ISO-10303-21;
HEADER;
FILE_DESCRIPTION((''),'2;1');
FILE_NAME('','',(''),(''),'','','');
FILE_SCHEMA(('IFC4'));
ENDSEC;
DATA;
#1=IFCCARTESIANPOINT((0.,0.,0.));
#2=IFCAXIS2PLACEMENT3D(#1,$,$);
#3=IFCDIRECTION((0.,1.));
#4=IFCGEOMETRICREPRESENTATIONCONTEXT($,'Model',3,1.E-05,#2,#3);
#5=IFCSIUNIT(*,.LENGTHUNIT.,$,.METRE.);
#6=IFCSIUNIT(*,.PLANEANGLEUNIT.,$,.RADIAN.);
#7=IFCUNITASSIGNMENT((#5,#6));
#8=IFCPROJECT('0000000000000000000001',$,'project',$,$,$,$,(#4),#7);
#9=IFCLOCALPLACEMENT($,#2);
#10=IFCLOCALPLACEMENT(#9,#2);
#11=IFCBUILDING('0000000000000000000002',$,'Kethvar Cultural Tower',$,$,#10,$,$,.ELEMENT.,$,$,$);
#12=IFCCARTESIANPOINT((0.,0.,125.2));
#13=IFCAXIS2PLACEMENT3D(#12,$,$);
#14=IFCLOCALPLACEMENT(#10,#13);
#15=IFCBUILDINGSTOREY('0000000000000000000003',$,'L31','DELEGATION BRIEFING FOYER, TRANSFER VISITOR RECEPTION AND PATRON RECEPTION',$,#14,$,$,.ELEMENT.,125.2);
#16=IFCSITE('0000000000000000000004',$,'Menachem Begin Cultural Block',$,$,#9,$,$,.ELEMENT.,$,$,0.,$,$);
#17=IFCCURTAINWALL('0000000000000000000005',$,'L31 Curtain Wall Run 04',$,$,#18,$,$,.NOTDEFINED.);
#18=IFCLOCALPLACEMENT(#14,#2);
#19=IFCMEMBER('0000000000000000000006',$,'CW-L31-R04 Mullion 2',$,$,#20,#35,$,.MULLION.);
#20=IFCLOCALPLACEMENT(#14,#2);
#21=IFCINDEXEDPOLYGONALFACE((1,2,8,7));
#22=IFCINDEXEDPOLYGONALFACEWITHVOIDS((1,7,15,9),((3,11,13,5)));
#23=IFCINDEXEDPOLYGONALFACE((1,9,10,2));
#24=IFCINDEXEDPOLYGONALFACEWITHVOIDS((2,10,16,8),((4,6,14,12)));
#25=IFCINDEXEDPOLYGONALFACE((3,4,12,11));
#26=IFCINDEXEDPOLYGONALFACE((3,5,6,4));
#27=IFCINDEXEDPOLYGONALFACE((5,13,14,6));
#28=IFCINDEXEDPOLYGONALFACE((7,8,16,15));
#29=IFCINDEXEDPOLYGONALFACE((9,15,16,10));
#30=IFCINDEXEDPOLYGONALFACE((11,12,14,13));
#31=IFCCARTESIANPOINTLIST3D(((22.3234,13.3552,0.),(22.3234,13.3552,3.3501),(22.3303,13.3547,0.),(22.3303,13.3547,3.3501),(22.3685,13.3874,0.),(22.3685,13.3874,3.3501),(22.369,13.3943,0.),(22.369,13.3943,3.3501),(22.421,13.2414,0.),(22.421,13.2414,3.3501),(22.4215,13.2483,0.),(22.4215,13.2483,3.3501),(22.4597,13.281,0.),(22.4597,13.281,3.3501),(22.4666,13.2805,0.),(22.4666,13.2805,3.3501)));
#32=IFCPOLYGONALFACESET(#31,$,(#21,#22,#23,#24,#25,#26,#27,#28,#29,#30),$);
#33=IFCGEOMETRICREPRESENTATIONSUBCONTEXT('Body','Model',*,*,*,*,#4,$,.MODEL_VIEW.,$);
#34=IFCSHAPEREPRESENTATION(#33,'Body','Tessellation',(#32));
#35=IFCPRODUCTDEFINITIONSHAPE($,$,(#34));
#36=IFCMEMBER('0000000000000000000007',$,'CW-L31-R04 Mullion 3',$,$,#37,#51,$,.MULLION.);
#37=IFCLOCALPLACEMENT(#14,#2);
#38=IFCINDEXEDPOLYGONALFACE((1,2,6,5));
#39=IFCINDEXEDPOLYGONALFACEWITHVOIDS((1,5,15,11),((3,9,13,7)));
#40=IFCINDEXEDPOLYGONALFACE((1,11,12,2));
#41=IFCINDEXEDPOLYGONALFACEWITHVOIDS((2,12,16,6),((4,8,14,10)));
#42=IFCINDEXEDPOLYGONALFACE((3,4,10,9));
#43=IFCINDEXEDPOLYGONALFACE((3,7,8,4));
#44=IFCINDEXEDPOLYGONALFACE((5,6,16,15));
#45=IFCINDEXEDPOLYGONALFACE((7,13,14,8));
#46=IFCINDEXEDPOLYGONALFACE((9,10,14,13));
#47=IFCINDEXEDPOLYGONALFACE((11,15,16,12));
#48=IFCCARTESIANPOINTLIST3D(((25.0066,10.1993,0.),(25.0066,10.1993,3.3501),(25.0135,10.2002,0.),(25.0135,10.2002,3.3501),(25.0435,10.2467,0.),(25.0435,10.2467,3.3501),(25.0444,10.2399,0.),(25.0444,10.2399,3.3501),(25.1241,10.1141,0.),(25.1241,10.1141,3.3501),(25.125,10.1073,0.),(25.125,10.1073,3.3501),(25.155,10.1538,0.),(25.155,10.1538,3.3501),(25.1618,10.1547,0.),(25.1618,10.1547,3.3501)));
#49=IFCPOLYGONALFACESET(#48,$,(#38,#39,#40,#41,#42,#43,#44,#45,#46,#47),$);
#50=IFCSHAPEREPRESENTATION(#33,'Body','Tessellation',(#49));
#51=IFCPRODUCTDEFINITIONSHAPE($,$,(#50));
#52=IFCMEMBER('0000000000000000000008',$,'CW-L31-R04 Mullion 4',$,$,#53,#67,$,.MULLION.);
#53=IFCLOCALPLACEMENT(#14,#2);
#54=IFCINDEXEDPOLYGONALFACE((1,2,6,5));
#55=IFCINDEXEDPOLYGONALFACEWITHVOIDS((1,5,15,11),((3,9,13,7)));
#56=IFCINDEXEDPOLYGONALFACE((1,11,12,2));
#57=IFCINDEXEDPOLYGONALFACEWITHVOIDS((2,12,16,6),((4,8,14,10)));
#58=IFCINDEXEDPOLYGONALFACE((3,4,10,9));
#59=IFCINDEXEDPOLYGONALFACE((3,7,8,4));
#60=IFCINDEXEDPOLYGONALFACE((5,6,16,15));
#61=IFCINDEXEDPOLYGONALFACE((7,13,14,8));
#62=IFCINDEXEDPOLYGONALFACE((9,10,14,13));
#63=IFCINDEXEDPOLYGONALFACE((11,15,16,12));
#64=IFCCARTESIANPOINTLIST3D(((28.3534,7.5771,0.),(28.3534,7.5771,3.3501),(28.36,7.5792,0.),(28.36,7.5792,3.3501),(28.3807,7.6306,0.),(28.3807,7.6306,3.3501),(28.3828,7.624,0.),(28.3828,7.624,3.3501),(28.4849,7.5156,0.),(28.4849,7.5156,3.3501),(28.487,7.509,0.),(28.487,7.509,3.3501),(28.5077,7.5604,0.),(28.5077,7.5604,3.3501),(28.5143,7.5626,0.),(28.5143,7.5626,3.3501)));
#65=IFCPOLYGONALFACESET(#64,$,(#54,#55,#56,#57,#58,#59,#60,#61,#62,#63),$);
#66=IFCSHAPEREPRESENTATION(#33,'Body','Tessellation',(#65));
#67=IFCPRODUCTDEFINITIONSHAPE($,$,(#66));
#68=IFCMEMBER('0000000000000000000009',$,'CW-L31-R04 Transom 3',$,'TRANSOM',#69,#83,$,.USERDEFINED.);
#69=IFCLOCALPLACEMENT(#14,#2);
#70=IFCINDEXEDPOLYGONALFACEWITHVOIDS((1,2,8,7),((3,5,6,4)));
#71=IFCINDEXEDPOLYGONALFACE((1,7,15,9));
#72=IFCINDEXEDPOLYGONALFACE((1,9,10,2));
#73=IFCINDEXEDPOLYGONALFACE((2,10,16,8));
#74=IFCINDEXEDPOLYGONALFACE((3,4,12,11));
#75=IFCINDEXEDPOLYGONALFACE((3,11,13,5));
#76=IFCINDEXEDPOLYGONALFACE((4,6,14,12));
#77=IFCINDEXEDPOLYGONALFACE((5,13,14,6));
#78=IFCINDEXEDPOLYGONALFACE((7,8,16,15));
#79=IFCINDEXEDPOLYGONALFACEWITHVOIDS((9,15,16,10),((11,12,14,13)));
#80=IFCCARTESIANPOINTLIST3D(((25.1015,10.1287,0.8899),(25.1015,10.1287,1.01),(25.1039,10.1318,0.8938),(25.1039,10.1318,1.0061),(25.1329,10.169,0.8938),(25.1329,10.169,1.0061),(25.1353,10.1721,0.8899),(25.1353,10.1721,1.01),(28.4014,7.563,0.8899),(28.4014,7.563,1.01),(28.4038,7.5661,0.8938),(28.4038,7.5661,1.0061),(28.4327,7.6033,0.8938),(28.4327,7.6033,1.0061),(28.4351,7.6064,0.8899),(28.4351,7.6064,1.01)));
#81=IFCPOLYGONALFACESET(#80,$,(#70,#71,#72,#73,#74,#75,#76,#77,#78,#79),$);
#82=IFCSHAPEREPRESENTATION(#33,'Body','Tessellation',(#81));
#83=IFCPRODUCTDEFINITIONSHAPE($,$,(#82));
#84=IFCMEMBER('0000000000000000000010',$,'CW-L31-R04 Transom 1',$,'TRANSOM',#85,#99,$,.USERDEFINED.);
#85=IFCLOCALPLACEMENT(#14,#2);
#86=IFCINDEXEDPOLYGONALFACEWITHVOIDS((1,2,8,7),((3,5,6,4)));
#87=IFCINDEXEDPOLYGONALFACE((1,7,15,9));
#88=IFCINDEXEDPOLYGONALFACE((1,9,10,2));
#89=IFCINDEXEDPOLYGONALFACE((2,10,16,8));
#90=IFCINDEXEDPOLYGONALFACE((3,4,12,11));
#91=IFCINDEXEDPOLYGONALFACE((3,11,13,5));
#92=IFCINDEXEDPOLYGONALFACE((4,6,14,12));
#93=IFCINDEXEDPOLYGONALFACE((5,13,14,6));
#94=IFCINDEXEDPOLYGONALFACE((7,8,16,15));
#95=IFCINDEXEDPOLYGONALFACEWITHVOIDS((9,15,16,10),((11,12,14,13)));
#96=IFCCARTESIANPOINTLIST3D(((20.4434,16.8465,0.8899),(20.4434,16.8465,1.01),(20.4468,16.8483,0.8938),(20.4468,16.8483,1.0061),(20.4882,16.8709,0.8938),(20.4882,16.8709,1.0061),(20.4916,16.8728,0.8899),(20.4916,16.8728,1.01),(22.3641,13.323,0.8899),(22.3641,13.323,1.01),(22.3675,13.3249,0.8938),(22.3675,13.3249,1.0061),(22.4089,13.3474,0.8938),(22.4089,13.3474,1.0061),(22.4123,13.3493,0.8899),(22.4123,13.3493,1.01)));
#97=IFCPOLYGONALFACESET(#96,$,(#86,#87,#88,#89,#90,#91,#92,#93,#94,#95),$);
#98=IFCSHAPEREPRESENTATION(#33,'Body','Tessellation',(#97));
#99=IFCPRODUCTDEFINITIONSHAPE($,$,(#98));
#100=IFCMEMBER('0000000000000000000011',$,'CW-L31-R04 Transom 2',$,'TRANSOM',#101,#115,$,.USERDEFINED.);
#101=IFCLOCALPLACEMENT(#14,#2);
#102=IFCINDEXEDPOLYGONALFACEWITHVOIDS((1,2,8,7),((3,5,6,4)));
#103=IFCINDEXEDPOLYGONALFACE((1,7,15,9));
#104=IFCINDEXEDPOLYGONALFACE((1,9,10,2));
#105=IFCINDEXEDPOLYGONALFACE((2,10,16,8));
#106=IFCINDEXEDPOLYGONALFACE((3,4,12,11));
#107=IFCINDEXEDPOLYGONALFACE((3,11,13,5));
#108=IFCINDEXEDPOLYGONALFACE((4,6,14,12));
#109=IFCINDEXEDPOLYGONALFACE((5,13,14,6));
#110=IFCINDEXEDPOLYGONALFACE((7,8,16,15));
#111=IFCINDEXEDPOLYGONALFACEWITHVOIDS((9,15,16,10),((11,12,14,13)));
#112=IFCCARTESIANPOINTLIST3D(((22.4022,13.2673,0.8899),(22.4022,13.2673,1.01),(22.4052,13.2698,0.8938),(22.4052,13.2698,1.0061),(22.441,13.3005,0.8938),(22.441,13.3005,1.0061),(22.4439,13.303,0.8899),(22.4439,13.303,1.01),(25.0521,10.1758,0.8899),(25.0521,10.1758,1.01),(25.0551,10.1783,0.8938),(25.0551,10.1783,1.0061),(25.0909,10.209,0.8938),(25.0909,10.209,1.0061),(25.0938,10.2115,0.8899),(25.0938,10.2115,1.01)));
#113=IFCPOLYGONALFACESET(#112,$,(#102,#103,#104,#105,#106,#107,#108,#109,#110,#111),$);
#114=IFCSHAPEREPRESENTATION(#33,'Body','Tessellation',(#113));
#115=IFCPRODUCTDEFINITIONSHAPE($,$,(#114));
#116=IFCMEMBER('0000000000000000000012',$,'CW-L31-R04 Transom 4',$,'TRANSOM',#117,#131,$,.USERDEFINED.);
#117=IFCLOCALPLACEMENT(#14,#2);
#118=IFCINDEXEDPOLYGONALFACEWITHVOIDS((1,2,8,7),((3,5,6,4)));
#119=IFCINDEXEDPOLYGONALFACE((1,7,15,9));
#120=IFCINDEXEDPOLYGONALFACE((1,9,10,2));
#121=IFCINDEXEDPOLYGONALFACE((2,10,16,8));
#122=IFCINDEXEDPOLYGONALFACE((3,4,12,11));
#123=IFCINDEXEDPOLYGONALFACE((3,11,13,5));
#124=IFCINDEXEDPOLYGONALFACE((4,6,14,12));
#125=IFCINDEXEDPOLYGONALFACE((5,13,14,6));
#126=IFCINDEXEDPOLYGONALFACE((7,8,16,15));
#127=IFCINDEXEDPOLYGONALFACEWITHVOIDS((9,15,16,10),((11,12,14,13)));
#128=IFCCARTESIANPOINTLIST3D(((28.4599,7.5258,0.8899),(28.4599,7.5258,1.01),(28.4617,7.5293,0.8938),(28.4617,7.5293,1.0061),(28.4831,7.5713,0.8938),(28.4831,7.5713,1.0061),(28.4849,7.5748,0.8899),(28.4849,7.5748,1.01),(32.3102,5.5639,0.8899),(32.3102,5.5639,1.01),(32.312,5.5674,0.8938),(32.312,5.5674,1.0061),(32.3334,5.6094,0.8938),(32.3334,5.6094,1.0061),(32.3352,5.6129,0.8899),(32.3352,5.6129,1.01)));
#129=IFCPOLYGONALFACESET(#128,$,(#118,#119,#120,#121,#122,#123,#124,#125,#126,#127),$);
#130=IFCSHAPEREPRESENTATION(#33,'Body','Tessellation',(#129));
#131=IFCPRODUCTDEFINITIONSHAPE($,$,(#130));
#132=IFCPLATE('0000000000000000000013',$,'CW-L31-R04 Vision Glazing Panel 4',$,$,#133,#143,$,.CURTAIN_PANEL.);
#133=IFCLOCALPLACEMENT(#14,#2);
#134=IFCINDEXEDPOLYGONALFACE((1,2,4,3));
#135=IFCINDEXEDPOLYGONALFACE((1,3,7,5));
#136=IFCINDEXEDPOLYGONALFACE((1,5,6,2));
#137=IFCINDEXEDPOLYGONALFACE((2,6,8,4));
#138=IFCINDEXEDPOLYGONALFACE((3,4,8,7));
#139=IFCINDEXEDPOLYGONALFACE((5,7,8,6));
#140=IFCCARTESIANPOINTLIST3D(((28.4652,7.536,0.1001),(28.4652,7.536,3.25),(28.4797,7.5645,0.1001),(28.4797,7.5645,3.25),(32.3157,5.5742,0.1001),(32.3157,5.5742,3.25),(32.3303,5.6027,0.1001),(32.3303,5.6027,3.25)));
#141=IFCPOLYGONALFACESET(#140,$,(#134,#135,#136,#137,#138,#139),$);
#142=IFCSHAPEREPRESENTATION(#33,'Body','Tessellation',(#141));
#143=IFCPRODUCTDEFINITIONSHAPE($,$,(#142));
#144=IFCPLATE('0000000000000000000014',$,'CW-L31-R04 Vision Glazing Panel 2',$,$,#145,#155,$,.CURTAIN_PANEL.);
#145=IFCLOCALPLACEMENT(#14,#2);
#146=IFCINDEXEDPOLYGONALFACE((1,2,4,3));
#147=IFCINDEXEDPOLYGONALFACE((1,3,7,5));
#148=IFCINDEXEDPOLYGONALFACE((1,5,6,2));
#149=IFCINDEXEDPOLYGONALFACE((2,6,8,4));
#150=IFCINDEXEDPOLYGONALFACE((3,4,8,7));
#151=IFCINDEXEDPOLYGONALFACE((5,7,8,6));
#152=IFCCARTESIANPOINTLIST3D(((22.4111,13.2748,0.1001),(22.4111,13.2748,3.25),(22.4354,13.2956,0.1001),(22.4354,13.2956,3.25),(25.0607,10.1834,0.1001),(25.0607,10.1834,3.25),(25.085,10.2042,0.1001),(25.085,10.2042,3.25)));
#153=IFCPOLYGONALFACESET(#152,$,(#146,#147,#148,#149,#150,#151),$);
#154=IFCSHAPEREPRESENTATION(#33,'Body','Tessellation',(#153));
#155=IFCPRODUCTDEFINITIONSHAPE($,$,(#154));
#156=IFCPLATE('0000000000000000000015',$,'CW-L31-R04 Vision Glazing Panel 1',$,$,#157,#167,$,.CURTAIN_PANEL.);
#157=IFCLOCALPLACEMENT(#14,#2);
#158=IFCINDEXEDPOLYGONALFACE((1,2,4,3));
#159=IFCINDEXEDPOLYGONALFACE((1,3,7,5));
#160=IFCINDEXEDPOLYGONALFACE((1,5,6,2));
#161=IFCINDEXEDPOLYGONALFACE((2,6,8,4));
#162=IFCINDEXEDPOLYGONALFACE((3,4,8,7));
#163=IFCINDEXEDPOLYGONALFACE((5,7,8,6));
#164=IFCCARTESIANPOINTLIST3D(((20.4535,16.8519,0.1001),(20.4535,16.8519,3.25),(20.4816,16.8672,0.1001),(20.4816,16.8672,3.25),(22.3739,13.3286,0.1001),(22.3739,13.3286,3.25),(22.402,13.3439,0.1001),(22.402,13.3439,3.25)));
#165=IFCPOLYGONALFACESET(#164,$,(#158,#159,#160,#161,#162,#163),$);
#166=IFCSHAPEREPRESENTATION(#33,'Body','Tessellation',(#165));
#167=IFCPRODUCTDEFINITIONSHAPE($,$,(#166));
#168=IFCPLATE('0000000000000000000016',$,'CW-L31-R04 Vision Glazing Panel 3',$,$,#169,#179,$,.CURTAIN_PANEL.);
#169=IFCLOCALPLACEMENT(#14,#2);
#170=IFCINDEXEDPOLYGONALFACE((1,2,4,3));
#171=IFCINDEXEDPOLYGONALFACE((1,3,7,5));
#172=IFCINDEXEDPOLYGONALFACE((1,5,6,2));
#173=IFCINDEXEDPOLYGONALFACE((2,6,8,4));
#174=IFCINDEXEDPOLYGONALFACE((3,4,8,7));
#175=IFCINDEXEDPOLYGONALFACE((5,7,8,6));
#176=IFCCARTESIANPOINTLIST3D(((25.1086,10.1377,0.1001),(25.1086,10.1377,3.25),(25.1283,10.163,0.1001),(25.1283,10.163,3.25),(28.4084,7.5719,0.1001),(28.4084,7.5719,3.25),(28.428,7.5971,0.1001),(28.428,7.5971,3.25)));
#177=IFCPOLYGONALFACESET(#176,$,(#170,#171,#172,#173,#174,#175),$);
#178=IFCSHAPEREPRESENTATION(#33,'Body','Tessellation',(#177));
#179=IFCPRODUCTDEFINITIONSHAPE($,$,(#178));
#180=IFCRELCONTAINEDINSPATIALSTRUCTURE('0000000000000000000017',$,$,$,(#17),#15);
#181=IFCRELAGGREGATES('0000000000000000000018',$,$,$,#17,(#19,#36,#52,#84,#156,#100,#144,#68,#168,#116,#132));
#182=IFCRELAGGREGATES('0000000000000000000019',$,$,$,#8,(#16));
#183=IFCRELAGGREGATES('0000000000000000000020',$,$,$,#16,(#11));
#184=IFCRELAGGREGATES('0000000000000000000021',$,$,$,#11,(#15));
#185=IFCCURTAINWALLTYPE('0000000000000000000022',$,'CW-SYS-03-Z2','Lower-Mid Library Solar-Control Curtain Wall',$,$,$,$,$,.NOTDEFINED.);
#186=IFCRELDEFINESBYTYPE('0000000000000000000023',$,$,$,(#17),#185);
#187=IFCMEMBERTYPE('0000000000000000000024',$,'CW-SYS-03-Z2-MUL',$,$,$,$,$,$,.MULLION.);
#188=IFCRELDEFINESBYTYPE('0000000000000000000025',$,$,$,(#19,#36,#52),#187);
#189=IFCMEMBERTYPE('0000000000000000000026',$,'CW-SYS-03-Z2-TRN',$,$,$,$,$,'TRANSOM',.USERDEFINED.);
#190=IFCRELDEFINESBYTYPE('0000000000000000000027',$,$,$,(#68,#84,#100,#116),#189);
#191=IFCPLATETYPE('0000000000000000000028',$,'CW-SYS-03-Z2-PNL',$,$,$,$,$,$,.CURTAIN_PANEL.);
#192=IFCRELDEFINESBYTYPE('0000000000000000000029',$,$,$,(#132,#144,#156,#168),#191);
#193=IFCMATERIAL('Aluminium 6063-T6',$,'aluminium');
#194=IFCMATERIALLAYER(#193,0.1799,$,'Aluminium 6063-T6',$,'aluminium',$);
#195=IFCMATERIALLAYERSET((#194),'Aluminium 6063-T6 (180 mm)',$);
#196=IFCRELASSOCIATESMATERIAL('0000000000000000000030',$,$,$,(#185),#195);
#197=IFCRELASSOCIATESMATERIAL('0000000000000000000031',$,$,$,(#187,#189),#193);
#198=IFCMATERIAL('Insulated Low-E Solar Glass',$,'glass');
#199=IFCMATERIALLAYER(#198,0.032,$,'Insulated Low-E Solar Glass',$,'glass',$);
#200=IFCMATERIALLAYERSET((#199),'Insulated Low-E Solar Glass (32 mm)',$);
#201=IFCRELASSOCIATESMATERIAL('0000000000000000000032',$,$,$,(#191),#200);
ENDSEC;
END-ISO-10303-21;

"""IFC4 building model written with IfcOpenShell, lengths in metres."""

from ifc_helpers import new_model, si_unit, direction, frame, origin, origin_2d, place, context, subcontext, project, spatial, rectangle, hollow_rectangle, extrude, source, transform, mapped, material, layer, layer_set, material_profile, profile_set, type_object, element, aggregate, save


model = new_model("IFC4")

# Units and contexts
model_context = context("Model", 3, precision=1e-05, world=origin(), true_north=direction((0.0, 1.0)))
body_context = subcontext(model_context, "Body", "Model", "MODEL_VIEW")
ifc_project = project(units=[si_unit("LENGTHUNIT", "METRE"), si_unit("PLANEANGLEUNIT", "RADIAN")], contexts=[model_context])

# Site, building, storey
site_placement = place(None, origin())
site = spatial("IfcSite", under=ifc_project, at=site_placement, Name="Menachem Begin Cultural Block", CompositionType="ELEMENT", RefElevation=0.0)
building_placement = place(site_placement, origin())
building = spatial("IfcBuilding", under=site, at=building_placement, Name="Kethvar Cultural Tower", CompositionType="ELEMENT")
storey_placement = place(building_placement, frame((0.0, 0.0, 125.2)))
storey = spatial("IfcBuildingStorey", under=building, at=storey_placement, Name="L31", Description="DELEGATION BRIEFING FOYER, TRANSFER VISITOR RECEPTION AND PATRON RECEPTION", CompositionType="ELEMENT", Elevation=125.2)

# Curtain wall, members, plates
ifc_material_1 = material(Name="Aluminium 6063-T6", Category="aluminium")
ifc_layer_1 = layer(ifc_material_1, 0.1799, Name="Aluminium 6063-T6", Category="aluminium")
ifc_layer_set_1 = layer_set([ifc_layer_1], Name="Aluminium 6063-T6 (180 mm)")
curtain_wall_type = type_object("IfcCurtainWallType", Name="CW-SYS-03-Z2", Description="Lower-Mid Library Solar-Control Curtain Wall", PredefinedType="NOTDEFINED", material=ifc_layer_set_1)
curtain_wall_placement = place(storey_placement, origin())
curtain_wall = element("IfcCurtainWall", 1, at=curtain_wall_placement, inside=storey, type_object=curtain_wall_type, Name="L31 Curtain Wall Run 04", PredefinedType="NOTDEFINED")
ifc_material_profile_1 = material_profile(ifc_material_1, hollow_rectangle(XDim=0.0601, YDim=0.1499, WallThickness=0.0049, at=origin_2d()), Name="Aluminium 6063-T6 — RHS150x60x5")
ifc_profile_set_1 = profile_set([ifc_material_profile_1], Name="Aluminium 6063-T6 — RHS150x60x5")
member_type_1 = type_object("IfcMemberType", Name="CW-SYS-03-Z2-MUL", PredefinedType="MULLION", material=ifc_profile_set_1)
shared_shape_1 = source(origin(), body_context, "Body", "SweptSolid", [
    extrude(hollow_rectangle(XDim=0.0601, YDim=0.1499, WallThickness=0.0049, at=origin_2d()), origin(), (0.0, 0.0, 1.0), 3.3501),
])
member_1_placement = place(storey_placement, frame((22.395, 13.3179, 0.0), z_axis=(0.0, 0.0, 1.0), x_axis=(0.759271, 0.650774, 0.0)))
member_1 = element("IfcMember", 2, at=member_1_placement, type_object=member_type_1, Name="CW-L31-R04 Mullion 2", PredefinedType="MULLION", context=body_context, shape_type="MappedRepresentation", body=[
    mapped(shared_shape_1, transform((0.0, 0.0, 0.0), scale=1.0)),
])
member_2_placement = place(storey_placement, frame((25.0842, 10.177, 0.0), z_axis=(0.0, 0.0, 1.0), x_axis=(0.613844, 0.789427, 0.0)))
member_2 = element("IfcMember", 3, at=member_2_placement, type_object=member_type_1, Name="CW-L31-R04 Mullion 3", PredefinedType="MULLION", context=body_context, shape_type="MappedRepresentation", body=[
    mapped(shared_shape_1, transform((0.0, 0.0, 0.0), scale=1.0)),
])
member_3_placement = place(storey_placement, frame((28.4338, 7.5698, 0.0), z_axis=(0.0, 0.0, 1.0), x_axis=(0.453959, 0.891022, 0.0)))
member_3 = element("IfcMember", 4, at=member_3_placement, type_object=member_type_1, Name="CW-L31-R04 Mullion 4", PredefinedType="MULLION", context=body_context, shape_type="MappedRepresentation", body=[
    mapped(shared_shape_1, transform((0.0, 0.0, 0.0), scale=1.0)),
])
ifc_material_profile_2 = material_profile(ifc_material_1, hollow_rectangle(XDim=0.0549, YDim=0.1201, WallThickness=0.0039, at=origin_2d()), Name="Aluminium 6063-T6 — RHS120x55x4")
ifc_profile_set_2 = profile_set([ifc_material_profile_2], Name="Aluminium 6063-T6 — RHS120x55x4")
member_type_2 = type_object("IfcMemberType", Name="CW-SYS-03-Z2-TRN", ElementType="TRANSOM", PredefinedType="USERDEFINED", material=ifc_profile_set_2)
shared_shape_2 = source(origin(), body_context, "Body", "SweptSolid", [
    extrude(hollow_rectangle(XDim=0.0549, YDim=0.1201, WallThickness=0.0039, at=origin_2d()), origin(), (0.0, 0.0, 1.0), 4.1799),
])
member_4_placement = place(storey_placement, frame((25.1184, 10.1504, 0.95), z_axis=(0.78945, -0.613815, 0.0), x_axis=(0.613815, 0.78945, 0.0)))
member_4 = element("IfcMember", 5, at=member_4_placement, type_object=member_type_2, Name="CW-L31-R04 Transom 3", ObjectType="TRANSOM", PredefinedType="USERDEFINED", context=body_context, shape_type="MappedRepresentation", body=[
    mapped(shared_shape_2, transform((0.0, 0.0, 0.0), scale=1.0)),
])
shared_shape_3 = source(origin(), body_context, "Body", "SweptSolid", [
    extrude(hollow_rectangle(XDim=0.0549, YDim=0.1201, WallThickness=0.0039, at=origin_2d()), origin(), (0.0, 0.0, 1.0), 4.0129),
])
member_5_placement = place(storey_placement, frame((20.4675, 16.8596, 0.95), z_axis=(0.478618, -0.878023, 0.0), x_axis=(0.878023, 0.478618, 0.0)))
member_5 = element("IfcMember", 6, at=member_5_placement, type_object=member_type_2, Name="CW-L31-R04 Transom 1", ObjectType="TRANSOM", PredefinedType="USERDEFINED", context=body_context, shape_type="MappedRepresentation", body=[
    mapped(shared_shape_3, transform((0.0, 0.0, 0.0), scale=1.0)),
])
shared_shape_4 = source(origin(), body_context, "Body", "SweptSolid", [
    extrude(hollow_rectangle(XDim=0.0549, YDim=0.1201, WallThickness=0.0039, at=origin_2d()), origin(), (0.0, 0.0, 1.0), 4.0718),
])
member_6_placement = place(storey_placement, frame((22.4231, 13.2852, 0.95), z_axis=(0.650791, -0.759257, 0.0), x_axis=(0.759257, 0.650791, 0.0)))
member_6 = element("IfcMember", 7, at=member_6_placement, type_object=member_type_2, Name="CW-L31-R04 Transom 2", ObjectType="TRANSOM", PredefinedType="USERDEFINED", context=body_context, shape_type="MappedRepresentation", body=[
    mapped(shared_shape_4, transform((0.0, 0.0, 0.0), scale=1.0)),
])
shared_shape_5 = source(origin(), body_context, "Body", "SweptSolid", [
    extrude(hollow_rectangle(XDim=0.0549, YDim=0.1201, WallThickness=0.0039, at=origin_2d()), origin(), (0.0, 0.0, 1.0), 4.3213),
])
member_7_placement = place(storey_placement, frame((28.4724, 7.5503, 0.95), z_axis=(0.891, -0.454003, 0.0), x_axis=(0.454003, 0.891, 0.0)))
member_7 = element("IfcMember", 8, at=member_7_placement, type_object=member_type_2, Name="CW-L31-R04 Transom 4", ObjectType="TRANSOM", PredefinedType="USERDEFINED", context=body_context, shape_type="MappedRepresentation", body=[
    mapped(shared_shape_5, transform((0.0, 0.0, 0.0), scale=1.0)),
])
ifc_material_2 = material(Name="Insulated Low-E Solar Glass", Category="glass")
ifc_layer_2 = layer(ifc_material_2, 0.032, Name="Insulated Low-E Solar Glass", Category="glass")
ifc_layer_set_2 = layer_set([ifc_layer_2], Name="Insulated Low-E Solar Glass (32 mm)")
plate_type = type_object("IfcPlateType", Name="CW-SYS-03-Z2-PNL", PredefinedType="CURTAIN_PANEL", material=ifc_layer_set_2)
shared_shape_6 = source(origin(), body_context, "Body", "SweptSolid", [
    extrude(rectangle(XDim=4.3215, YDim=0.032, at=origin_2d()), origin(), (0.0, 0.0, 1.0), 3.1499),
])
plate_1_placement = place(storey_placement, frame((30.3977, 6.5693, 0.1001), z_axis=(0.0, 0.0, 1.0), x_axis=(0.891022, -0.453959, 0.0)))
plate_1 = element("IfcPlate", 9, at=plate_1_placement, type_object=plate_type, Name="CW-L31-R04 Vision Glazing Panel 4", PredefinedType="CURTAIN_PANEL", context=body_context, shape_type="MappedRepresentation", body=[
    mapped(shared_shape_6, transform((0.0, 0.0, 0.0), scale=1.0)),
])
shared_shape_7 = source(origin(), body_context, "Body", "SweptSolid", [
    extrude(rectangle(XDim=4.0715, YDim=0.032, at=origin_2d()), origin(), (0.0, 0.0, 1.0), 3.1499),
])
plate_2_placement = place(storey_placement, frame((23.748, 11.7395, 0.1001), z_axis=(0.0, 0.0, 1.0), x_axis=(0.650774, -0.759271, 0.0)))
plate_2 = element("IfcPlate", 10, at=plate_2_placement, type_object=plate_type, Name="CW-L31-R04 Vision Glazing Panel 2", PredefinedType="CURTAIN_PANEL", context=body_context, shape_type="MappedRepresentation", body=[
    mapped(shared_shape_7, transform((0.0, 0.0, 0.0), scale=1.0)),
])
shared_shape_8 = source(origin(), body_context, "Body", "SweptSolid", [
    extrude(rectangle(XDim=4.0127, YDim=0.032, at=origin_2d()), origin(), (0.0, 0.0, 1.0), 3.1499),
])
plate_3_placement = place(storey_placement, frame((21.4277, 15.0979, 0.1001), z_axis=(0.0, 0.0, 1.0), x_axis=(0.478585, -0.878041, 0.0)))
plate_3 = element("IfcPlate", 11, at=plate_3_placement, type_object=plate_type, Name="CW-L31-R04 Vision Glazing Panel 1", PredefinedType="CURTAIN_PANEL", context=body_context, shape_type="MappedRepresentation", body=[
    mapped(shared_shape_8, transform((0.0, 0.0, 0.0), scale=1.0)),
])
shared_shape_9 = source(origin(), body_context, "Body", "SweptSolid", [
    extrude(rectangle(XDim=4.1799, YDim=0.032, at=origin_2d()), origin(), (0.0, 0.0, 1.0), 3.1499),
])
plate_4_placement = place(storey_placement, frame((26.7683, 8.8674, 0.1001), z_axis=(0.0, 0.0, 1.0), x_axis=(0.789427, -0.613844, 0.0)))
plate_4 = element("IfcPlate", 12, at=plate_4_placement, type_object=plate_type, Name="CW-L31-R04 Vision Glazing Panel 3", PredefinedType="CURTAIN_PANEL", context=body_context, shape_type="MappedRepresentation", body=[
    mapped(shared_shape_9, transform((0.0, 0.0, 0.0), scale=1.0)),
])
aggregate(curtain_wall, [member_1, member_2, member_3, member_5, plate_3, member_6, plate_2, member_4, plate_4, member_7, plate_1])

save(model, "model.ifc")
